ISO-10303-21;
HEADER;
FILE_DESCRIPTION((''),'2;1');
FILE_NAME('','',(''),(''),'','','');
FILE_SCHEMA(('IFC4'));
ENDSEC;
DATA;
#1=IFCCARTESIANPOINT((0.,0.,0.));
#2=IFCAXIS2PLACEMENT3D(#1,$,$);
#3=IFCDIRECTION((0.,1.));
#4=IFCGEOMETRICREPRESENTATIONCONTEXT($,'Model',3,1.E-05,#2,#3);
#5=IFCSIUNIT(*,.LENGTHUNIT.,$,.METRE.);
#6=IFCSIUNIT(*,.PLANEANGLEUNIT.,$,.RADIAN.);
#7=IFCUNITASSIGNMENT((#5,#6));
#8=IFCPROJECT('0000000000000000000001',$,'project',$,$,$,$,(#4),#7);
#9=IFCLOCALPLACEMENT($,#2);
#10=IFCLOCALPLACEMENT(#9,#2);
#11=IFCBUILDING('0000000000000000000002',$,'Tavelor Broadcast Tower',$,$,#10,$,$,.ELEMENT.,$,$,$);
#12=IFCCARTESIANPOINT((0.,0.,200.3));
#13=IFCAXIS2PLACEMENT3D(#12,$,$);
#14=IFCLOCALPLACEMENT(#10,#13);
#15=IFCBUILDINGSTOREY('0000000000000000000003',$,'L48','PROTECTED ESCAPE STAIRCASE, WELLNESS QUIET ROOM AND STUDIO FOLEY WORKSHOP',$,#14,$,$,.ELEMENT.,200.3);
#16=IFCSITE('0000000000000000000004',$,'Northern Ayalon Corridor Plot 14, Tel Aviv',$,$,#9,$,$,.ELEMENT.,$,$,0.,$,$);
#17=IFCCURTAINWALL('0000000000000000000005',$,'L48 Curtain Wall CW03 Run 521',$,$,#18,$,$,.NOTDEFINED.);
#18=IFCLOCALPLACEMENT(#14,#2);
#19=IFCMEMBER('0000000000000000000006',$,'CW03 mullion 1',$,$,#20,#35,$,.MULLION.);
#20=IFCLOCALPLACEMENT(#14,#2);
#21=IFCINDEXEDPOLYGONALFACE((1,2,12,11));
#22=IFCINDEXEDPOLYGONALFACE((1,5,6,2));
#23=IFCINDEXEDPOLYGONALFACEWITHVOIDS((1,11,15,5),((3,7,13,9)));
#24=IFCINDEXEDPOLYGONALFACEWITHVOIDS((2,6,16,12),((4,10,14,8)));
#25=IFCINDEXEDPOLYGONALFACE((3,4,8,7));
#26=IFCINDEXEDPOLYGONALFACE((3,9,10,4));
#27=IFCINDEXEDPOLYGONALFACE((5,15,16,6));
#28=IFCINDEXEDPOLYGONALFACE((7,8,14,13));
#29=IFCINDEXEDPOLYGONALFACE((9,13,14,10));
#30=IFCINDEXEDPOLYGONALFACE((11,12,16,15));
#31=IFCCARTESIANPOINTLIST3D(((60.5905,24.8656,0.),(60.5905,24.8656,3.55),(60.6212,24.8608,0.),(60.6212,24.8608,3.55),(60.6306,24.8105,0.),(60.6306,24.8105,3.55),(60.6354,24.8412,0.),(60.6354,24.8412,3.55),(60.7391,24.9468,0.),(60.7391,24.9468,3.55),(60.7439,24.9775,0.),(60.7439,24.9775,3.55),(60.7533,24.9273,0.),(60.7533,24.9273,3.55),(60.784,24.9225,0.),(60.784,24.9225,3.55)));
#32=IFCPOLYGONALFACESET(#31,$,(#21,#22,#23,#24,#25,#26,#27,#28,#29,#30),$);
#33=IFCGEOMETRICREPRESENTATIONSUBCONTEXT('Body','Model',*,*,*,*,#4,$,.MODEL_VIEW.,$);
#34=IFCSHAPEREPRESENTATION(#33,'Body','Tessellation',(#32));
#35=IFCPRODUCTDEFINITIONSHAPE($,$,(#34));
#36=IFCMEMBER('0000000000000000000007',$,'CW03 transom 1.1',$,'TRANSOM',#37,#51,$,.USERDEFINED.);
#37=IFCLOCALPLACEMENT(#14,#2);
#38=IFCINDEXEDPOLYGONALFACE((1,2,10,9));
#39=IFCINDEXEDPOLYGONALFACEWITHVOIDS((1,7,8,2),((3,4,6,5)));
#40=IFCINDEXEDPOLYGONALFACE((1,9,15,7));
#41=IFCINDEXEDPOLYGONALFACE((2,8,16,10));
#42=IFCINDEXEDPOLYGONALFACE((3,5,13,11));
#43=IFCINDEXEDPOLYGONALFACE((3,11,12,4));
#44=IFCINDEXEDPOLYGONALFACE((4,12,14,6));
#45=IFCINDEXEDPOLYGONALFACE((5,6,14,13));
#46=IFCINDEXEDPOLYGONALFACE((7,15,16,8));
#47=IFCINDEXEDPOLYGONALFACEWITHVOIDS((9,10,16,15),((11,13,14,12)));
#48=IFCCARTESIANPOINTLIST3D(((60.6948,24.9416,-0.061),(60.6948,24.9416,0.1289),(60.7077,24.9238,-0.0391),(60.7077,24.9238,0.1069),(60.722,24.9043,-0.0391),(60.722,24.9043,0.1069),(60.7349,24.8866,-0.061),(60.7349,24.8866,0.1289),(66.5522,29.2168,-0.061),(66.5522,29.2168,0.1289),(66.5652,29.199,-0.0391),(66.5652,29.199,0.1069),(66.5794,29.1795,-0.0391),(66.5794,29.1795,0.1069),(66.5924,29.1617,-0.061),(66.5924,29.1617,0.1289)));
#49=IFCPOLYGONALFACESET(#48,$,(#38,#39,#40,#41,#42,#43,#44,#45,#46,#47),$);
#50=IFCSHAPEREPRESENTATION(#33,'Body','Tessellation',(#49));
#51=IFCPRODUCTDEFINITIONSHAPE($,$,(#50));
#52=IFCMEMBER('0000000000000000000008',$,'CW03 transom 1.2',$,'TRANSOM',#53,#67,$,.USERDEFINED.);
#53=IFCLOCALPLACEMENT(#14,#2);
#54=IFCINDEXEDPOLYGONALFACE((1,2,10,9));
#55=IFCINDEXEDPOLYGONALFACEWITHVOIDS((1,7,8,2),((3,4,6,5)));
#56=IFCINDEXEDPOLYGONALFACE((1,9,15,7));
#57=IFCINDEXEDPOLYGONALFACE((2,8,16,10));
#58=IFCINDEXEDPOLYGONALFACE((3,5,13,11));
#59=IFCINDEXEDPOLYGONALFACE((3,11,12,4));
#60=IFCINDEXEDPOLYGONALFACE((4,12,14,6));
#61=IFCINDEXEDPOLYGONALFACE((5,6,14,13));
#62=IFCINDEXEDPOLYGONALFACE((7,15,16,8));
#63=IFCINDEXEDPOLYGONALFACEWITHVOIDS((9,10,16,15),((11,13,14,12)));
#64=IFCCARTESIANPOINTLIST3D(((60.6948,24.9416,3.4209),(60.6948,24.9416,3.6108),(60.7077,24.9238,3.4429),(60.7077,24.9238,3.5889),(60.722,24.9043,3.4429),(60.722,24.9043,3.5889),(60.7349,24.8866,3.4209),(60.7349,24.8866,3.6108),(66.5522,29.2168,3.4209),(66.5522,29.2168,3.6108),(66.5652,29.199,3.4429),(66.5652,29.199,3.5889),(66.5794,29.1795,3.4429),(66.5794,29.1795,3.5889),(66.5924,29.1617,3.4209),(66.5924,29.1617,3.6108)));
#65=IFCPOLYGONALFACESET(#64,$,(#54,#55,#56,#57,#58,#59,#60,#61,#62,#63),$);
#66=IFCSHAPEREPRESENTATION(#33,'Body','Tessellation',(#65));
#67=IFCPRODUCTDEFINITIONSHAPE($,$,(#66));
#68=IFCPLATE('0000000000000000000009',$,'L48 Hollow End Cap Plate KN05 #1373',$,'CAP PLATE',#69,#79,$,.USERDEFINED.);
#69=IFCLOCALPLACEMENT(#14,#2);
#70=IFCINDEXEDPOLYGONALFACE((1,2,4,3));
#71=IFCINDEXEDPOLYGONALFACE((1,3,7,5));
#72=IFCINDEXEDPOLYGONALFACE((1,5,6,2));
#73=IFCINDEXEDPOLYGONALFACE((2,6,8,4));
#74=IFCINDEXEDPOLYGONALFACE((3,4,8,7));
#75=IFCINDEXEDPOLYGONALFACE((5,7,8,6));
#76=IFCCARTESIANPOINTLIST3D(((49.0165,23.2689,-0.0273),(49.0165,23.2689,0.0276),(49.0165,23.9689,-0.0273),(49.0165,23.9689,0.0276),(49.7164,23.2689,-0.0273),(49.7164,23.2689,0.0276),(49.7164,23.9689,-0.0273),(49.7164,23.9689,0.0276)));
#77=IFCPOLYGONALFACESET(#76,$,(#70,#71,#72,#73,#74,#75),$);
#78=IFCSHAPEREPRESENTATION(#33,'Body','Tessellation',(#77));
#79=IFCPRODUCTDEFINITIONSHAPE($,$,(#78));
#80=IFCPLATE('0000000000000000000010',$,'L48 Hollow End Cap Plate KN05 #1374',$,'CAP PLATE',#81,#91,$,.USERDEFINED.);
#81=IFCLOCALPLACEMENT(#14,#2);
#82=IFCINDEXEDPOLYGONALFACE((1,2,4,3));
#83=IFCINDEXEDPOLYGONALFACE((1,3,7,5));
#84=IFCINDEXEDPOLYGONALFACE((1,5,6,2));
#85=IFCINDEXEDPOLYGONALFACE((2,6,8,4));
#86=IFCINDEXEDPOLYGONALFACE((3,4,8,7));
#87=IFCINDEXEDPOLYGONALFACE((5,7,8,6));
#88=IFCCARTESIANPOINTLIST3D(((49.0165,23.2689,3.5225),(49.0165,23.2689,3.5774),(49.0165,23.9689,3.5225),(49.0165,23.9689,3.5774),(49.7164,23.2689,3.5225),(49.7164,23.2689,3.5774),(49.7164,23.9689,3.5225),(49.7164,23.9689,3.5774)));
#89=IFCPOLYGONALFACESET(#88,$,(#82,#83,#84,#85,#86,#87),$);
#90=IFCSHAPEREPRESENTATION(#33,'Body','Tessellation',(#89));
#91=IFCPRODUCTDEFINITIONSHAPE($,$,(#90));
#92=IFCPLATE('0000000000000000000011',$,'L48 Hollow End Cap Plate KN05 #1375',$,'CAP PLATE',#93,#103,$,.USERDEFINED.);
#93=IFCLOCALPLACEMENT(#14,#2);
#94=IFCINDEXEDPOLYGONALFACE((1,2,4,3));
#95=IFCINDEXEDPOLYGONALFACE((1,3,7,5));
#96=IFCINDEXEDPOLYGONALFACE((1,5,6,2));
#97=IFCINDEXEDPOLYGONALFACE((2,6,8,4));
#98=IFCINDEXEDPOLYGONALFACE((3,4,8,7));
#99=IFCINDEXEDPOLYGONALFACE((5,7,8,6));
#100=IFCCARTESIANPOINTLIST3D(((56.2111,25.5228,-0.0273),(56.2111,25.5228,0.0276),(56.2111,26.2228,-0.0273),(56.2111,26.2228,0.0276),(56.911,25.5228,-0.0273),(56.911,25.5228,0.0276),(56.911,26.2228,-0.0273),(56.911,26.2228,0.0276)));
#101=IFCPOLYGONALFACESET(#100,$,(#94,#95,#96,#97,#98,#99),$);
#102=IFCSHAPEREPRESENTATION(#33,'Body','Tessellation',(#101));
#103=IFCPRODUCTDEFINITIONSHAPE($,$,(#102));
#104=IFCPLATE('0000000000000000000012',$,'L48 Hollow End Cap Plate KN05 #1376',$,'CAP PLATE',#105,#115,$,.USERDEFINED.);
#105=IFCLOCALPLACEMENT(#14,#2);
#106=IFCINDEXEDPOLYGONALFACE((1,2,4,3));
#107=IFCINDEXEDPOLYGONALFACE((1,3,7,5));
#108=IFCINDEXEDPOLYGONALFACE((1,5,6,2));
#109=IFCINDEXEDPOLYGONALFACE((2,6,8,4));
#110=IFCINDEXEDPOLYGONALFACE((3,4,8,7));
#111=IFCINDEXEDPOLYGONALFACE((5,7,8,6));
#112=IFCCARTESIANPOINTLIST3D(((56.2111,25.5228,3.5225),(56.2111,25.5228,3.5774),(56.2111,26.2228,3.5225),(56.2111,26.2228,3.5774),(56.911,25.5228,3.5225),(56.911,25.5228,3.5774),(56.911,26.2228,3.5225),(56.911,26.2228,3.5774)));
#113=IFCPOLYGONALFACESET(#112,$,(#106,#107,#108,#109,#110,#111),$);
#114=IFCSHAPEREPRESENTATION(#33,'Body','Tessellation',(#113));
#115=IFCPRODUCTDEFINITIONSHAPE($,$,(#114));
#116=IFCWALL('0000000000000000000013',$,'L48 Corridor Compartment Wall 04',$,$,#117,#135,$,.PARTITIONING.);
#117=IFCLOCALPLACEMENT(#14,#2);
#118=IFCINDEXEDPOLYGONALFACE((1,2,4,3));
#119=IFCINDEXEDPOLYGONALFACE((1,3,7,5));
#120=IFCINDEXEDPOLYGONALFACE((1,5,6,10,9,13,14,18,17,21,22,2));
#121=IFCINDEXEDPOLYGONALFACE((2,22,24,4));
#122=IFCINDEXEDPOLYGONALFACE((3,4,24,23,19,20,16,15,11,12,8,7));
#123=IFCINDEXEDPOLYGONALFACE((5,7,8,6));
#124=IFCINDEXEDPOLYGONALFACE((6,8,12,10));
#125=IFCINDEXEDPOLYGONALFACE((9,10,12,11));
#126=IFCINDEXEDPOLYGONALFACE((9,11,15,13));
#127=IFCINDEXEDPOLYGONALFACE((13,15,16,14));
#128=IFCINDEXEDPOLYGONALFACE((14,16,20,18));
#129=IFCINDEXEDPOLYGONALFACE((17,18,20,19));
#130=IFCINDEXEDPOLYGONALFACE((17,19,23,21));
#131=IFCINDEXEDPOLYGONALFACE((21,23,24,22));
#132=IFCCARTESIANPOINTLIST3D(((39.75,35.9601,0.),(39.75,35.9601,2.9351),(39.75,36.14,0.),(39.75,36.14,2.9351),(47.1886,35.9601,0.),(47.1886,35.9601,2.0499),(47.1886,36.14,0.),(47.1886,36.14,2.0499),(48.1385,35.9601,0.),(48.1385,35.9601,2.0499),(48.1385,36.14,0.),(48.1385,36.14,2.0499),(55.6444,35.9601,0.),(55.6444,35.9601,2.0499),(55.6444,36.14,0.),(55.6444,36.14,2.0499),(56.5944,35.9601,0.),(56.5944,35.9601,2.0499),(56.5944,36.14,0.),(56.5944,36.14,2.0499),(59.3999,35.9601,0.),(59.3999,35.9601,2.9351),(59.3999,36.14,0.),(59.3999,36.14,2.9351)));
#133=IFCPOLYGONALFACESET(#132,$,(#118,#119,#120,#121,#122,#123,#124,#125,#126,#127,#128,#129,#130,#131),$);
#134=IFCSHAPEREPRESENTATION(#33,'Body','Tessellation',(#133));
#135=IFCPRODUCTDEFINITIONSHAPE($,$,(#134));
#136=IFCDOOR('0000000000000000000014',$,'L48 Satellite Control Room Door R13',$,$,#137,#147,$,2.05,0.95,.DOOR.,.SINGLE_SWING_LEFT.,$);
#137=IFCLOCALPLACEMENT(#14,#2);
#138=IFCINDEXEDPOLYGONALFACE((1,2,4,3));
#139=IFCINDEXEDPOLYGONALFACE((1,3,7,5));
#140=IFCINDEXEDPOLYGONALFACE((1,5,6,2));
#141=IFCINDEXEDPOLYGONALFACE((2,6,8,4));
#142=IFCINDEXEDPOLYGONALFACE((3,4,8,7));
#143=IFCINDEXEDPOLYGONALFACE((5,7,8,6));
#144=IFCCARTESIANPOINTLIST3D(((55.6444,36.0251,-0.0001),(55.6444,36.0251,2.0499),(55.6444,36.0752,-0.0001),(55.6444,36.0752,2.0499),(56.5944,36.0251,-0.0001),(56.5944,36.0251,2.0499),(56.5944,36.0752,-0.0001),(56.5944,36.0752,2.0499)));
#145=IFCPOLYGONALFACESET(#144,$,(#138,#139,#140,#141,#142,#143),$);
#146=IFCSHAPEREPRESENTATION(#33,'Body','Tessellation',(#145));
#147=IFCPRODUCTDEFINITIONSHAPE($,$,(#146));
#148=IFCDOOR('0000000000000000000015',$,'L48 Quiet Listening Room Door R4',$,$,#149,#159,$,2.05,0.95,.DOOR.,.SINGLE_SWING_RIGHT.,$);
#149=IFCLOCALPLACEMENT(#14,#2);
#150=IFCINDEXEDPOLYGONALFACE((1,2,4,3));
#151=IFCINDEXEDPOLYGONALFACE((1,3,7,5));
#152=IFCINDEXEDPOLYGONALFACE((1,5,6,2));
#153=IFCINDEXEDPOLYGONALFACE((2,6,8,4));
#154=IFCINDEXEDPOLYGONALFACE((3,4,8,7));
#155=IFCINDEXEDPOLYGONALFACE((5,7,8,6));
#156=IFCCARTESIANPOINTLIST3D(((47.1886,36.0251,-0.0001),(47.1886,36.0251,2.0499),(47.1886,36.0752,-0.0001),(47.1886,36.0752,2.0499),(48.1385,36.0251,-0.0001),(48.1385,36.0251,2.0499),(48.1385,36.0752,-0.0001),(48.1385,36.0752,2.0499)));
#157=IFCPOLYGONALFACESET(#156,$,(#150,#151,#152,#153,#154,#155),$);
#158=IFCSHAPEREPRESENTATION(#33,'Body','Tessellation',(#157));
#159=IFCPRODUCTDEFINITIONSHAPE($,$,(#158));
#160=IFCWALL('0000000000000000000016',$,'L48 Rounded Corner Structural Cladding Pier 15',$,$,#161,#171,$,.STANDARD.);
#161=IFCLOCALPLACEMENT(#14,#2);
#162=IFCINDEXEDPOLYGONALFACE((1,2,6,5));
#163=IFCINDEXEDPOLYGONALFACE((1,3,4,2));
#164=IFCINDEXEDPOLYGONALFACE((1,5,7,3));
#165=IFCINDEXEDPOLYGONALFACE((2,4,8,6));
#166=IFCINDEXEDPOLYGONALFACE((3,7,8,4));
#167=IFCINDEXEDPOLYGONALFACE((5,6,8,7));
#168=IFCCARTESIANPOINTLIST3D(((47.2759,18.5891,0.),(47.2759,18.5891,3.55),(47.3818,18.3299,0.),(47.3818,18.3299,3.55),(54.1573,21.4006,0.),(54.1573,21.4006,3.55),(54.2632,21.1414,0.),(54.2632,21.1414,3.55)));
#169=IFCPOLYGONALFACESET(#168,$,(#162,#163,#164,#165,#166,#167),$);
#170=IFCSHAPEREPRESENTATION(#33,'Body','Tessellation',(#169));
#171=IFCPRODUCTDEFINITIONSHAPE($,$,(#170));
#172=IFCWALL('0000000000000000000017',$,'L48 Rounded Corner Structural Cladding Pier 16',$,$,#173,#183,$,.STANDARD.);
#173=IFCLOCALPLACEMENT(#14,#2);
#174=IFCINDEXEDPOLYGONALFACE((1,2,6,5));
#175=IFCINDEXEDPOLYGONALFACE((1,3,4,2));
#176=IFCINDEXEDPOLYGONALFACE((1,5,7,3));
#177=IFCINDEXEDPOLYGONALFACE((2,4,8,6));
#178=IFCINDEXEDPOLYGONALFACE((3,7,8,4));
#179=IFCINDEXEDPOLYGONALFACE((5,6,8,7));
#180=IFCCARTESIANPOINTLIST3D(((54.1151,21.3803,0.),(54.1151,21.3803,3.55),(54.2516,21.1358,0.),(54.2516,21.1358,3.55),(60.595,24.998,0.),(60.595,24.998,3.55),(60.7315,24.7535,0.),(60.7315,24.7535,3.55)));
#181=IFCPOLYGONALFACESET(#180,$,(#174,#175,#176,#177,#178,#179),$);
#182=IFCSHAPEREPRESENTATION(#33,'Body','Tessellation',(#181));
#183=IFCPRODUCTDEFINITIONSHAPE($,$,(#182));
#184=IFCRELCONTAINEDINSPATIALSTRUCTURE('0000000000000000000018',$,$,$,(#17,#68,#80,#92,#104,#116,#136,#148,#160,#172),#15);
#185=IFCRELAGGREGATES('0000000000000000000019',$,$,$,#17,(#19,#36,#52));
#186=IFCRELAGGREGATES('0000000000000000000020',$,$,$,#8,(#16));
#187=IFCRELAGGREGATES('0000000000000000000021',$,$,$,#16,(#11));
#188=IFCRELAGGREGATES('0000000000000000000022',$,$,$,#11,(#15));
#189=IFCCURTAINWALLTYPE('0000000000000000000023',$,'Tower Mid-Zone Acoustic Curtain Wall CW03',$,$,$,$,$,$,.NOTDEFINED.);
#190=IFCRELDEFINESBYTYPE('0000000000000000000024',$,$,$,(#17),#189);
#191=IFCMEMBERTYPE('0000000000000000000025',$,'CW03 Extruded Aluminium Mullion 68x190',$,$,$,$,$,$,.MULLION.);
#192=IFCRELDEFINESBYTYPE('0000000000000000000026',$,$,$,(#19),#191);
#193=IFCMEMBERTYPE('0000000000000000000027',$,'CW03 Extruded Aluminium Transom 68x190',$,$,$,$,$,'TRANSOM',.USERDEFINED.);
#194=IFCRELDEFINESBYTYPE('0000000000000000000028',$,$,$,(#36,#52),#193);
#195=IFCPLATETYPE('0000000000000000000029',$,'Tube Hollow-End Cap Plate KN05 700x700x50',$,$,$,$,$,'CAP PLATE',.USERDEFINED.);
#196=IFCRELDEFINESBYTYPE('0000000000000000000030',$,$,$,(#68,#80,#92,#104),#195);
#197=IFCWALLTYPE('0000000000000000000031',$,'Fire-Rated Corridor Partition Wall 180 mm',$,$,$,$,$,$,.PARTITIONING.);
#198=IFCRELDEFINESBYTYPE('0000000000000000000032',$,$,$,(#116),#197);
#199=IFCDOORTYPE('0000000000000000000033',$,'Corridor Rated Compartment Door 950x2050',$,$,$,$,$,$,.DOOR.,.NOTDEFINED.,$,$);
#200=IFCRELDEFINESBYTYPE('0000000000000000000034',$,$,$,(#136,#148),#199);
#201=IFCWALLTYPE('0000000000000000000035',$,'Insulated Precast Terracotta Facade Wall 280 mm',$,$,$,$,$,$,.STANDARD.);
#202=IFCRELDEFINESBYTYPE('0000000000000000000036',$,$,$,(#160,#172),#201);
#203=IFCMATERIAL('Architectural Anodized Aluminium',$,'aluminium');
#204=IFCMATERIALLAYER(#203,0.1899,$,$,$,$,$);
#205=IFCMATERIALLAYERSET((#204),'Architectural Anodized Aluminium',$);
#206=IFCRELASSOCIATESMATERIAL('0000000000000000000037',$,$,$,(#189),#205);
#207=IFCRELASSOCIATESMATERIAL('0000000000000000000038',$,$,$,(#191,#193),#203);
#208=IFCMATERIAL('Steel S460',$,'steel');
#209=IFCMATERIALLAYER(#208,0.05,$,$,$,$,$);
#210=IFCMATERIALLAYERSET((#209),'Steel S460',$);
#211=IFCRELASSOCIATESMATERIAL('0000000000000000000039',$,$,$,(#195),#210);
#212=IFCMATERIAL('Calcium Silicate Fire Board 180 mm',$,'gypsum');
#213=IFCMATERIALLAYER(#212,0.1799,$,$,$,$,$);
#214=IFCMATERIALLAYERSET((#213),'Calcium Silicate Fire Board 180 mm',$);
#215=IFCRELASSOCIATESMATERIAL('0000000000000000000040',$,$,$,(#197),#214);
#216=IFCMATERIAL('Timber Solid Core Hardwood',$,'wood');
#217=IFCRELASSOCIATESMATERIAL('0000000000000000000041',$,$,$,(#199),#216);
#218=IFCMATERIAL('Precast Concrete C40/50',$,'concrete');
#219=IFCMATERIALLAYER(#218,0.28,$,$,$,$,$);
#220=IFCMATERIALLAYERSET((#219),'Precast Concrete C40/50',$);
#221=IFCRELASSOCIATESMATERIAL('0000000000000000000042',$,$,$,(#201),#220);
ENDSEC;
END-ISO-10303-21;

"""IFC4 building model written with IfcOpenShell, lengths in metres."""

from ifc_helpers import new_model, si_unit, direction, frame, frame_2d, origin, origin_2d, place, context, subcontext, project, spatial, rectangle, hollow_rectangle, extrude, source, transform, mapped, material, layer, layer_set, material_profile, profile_set, type_object, type_shapes, element, fill, aggregate, save


model = new_model("IFC4")

# Units and contexts
model_context = context("Model", 3, precision=1e-05, world=origin(), true_north=direction((0.0, 1.0)))
body_context = subcontext(model_context, "Body", "Model", "MODEL_VIEW")
ifc_project = project(units=[si_unit("LENGTHUNIT", "METRE"), si_unit("PLANEANGLEUNIT", "RADIAN")], contexts=[model_context])

# Site, building, storey
site_placement = place(None, origin())
site = spatial("IfcSite", under=ifc_project, at=site_placement, Name="Northern Ayalon Corridor Plot 14, Tel Aviv", CompositionType="ELEMENT", RefElevation=0.0)
building_placement = place(site_placement, origin())
building = spatial("IfcBuilding", under=site, at=building_placement, Name="Tavelor Broadcast Tower", CompositionType="ELEMENT")
storey_placement = place(building_placement, frame((0.0, 0.0, 200.3)))
storey = spatial("IfcBuildingStorey", under=building, at=storey_placement, Name="L48", Description="PROTECTED ESCAPE STAIRCASE, WELLNESS QUIET ROOM AND STUDIO FOLEY WORKSHOP", CompositionType="ELEMENT", Elevation=200.3)

# Shared definitions
ifc_material_1 = material(Name="Steel S460", Category="steel")

# Curtain wall, members
ifc_material_2 = material(Name="Architectural Anodized Aluminium", Category="aluminium")
ifc_layer_1 = layer(ifc_material_2, 0.1899)
ifc_layer_set_1 = layer_set([ifc_layer_1], Name="Architectural Anodized Aluminium")
curtain_wall_type = type_object("IfcCurtainWallType", Name="Tower Mid-Zone Acoustic Curtain Wall CW03", PredefinedType="NOTDEFINED", material=ifc_layer_set_1)
curtain_wall_placement = place(storey_placement, origin())
curtain_wall = element("IfcCurtainWall", 1, at=curtain_wall_placement, inside=storey, type_object=curtain_wall_type, Name="L48 Curtain Wall CW03 Run 521", PredefinedType="NOTDEFINED")
ifc_material_profile_1 = material_profile(ifc_material_2, hollow_rectangle(XDim=0.0681, YDim=0.1899, WallThickness=0.022, at=origin_2d()), Name="RHS 68x190x22")
ifc_profile_set_1 = profile_set([ifc_material_profile_1], Name="Architectural Anodized Aluminium")
member_type_1 = type_object("IfcMemberType", Name="CW03 Extruded Aluminium Mullion 68x190", PredefinedType="MULLION", material=ifc_profile_set_1)
shared_shape_1 = source(origin(), body_context, "Body", "SweptSolid", [
    extrude(hollow_rectangle(XDim=0.0681, YDim=0.1899, WallThickness=0.022, at=origin_2d()), origin(), (0.0, 0.0, 1.0), 3.55),
])
type_shapes(member_type_1, [shared_shape_1])
member_1_placement = place(storey_placement, frame((60.6873, 24.894, 0.0), z_axis=(0.0, 0.0, 1.0), x_axis=(-0.589532, 0.807745, 0.0)))
member_1 = element("IfcMember", 2, at=member_1_placement, type_object=member_type_1, Name="CW03 mullion 1", PredefinedType="MULLION", context=body_context, shape_type="MappedRepresentation", body=[
    mapped(shared_shape_1, transform((0.0, 0.0, 0.0), scale=1.0)),
])
ifc_material_profile_2 = material_profile(ifc_material_2, hollow_rectangle(XDim=0.0681, YDim=0.1899, WallThickness=0.022, at=origin_2d()), Name="RHS 68x190x22")
ifc_profile_set_2 = profile_set([ifc_material_profile_2], Name="Architectural Anodized Aluminium")
member_type_2 = type_object("IfcMemberType", Name="CW03 Extruded Aluminium Transom 68x190", ElementType="TRANSOM", PredefinedType="USERDEFINED", material=ifc_profile_set_2)
shared_shape_2 = source(origin(), body_context, "Body", "SweptSolid", [
    extrude(hollow_rectangle(XDim=0.0681, YDim=0.1899, WallThickness=0.022, at=origin_2d()), origin(), (0.0, 0.0, 1.0), 7.2517),
])
type_shapes(member_type_2, [shared_shape_2])
member_2_placement = place(storey_placement, frame((60.7148, 24.9141, 0.0339), z_axis=(0.807738, 0.589542, 0.0), x_axis=(-0.589542, 0.807738, 0.0)))
member_2 = element("IfcMember", 3, at=member_2_placement, type_object=member_type_2, Name="CW03 transom 1.1", ObjectType="TRANSOM", PredefinedType="USERDEFINED", context=body_context, shape_type="MappedRepresentation", body=[
    mapped(shared_shape_2, transform((0.0, 0.0, 0.0), scale=1.0)),
])
member_3_placement = place(storey_placement, frame((60.7148, 24.9141, 3.5159), z_axis=(0.807738, 0.589542, 0.0), x_axis=(-0.589542, 0.807738, 0.0)))
member_3 = element("IfcMember", 4, at=member_3_placement, type_object=member_type_2, Name="CW03 transom 1.2", ObjectType="TRANSOM", PredefinedType="USERDEFINED", context=body_context, shape_type="MappedRepresentation", body=[
    mapped(shared_shape_2, transform((0.0, 0.0, 0.0), scale=1.0)),
])
aggregate(curtain_wall, [member_1, member_2, member_3])

# Plates
ifc_layer_2 = layer(ifc_material_1, 0.05)
ifc_layer_set_2 = layer_set([ifc_layer_2], Name="Steel S460")
plate_type = type_object("IfcPlateType", Name="Tube Hollow-End Cap Plate KN05 700x700x50", ElementType="CAP PLATE", PredefinedType="USERDEFINED", material=ifc_layer_set_2)
shared_shape_3 = source(origin(), body_context, "Body", "SweptSolid", [
    extrude(rectangle(XDim=0.7, YDim=0.7, at=origin_2d()), origin(), (0.0, 0.0, 1.0), 0.0549),
])
type_shapes(plate_type, [shared_shape_3])
for number, where, z_axis, x_axis, name in (
    (5, (49.3665, 23.6189, -0.0273), (0.0, 0.0, 1.0), (1.0, 0.0, 0.0), "L48 Hollow End Cap Plate KN05 #1373"),
    (6, (49.3665, 23.6189, 3.5225), (0.0, 0.0, 1.0), (1.0, 0.0, 0.0), "L48 Hollow End Cap Plate KN05 #1374"),
    (7, (56.561, 25.8728, -0.0273), (0.0, 0.0, 1.0), (1.0, 0.0, 0.0), "L48 Hollow End Cap Plate KN05 #1375"),
    (8, (56.561, 25.8728, 3.5225), (0.0, 0.0, 1.0), (1.0, 0.0, 0.0), "L48 Hollow End Cap Plate KN05 #1376"),
):
    element("IfcPlate", number, at=place(storey_placement, frame(where, z_axis=z_axis, x_axis=x_axis)), inside=storey, type_object=plate_type, Name=name, ObjectType="CAP PLATE", PredefinedType="USERDEFINED", context=body_context, shape_type="MappedRepresentation", body=[
        mapped(shared_shape_3, transform((0.0, 0.0, 0.0), scale=1.0)),
    ])

# Wall, openings, doors
ifc_material_3 = material(Name="Calcium Silicate Fire Board 180 mm", Category="gypsum")
ifc_layer_3 = layer(ifc_material_3, 0.1799)
ifc_layer_set_3 = layer_set([ifc_layer_3], Name="Calcium Silicate Fire Board 180 mm")
wall_type_1 = type_object("IfcWallType", Name="Fire-Rated Corridor Partition Wall 180 mm", PredefinedType="PARTITIONING", material=ifc_layer_set_3)
wall_1_placement = place(storey_placement, frame((59.3999, 36.05, 0.0), z_axis=(0.0, 0.0, 1.0), x_axis=(-1.0, 0.0, 0.0)))
wall_1 = element("IfcWall", 9, at=wall_1_placement, inside=storey, type_object=wall_type_1, Name="L48 Corridor Compartment Wall 04", PredefinedType="PARTITIONING", context=body_context, shape_type="SweptSolid", body=[
    extrude(rectangle(XDim=19.6499, YDim=0.1799, at=frame_2d((9.825, 0.0))), origin(), (0.0, 0.0, 1.0), 2.9351),
])
opening_1_placement = place(wall_1_placement, frame((2.8054, 0.0, 0.0)))
opening_1 = element("IfcOpeningElement", 10, at=opening_1_placement, cuts=wall_1, PredefinedType="OPENING", context=body_context, shape_type="SweptSolid", body=[
    extrude(rectangle(XDim=0.95, YDim=2.05, at=frame_2d((0.4751, 1.0249))), frame((0.0, 0.1001, 0.0), z_axis=(0.0, -1.0, 0.0), x_axis=(1.0, 0.0, 0.0)), (0.0, 0.0, 1.0), 0.2),
])
opening_2_placement = place(wall_1_placement, frame((11.2612, 0.0, 0.0)))
opening_2 = element("IfcOpeningElement", 11, at=opening_2_placement, cuts=wall_1, PredefinedType="OPENING", context=body_context, shape_type="SweptSolid", body=[
    extrude(rectangle(XDim=0.95, YDim=2.05, at=frame_2d((0.4751, 1.0249))), frame((0.0, 0.1001, 0.0), z_axis=(0.0, -1.0, 0.0), x_axis=(1.0, 0.0, 0.0)), (0.0, 0.0, 1.0), 0.2),
])
ifc_material_4 = material(Name="Timber Solid Core Hardwood", Category="wood")
door_type_1 = type_object("IfcDoorType", Name="Corridor Rated Compartment Door 950x2050", OperationType="NOTDEFINED", PredefinedType="DOOR", material=ifc_material_4)
door_1_placement = place(opening_1_placement, origin())
door_1 = element("IfcDoor", 12, at=door_1_placement, inside=storey, type_object=door_type_1, Name="L48 Satellite Control Room Door R13", OperationType="SINGLE_SWING_LEFT", OverallHeight=2.05, OverallWidth=0.95, PredefinedType="DOOR", context=body_context, shape_type="SweptSolid", body=[
    extrude(rectangle(XDim=0.95, YDim=2.05, at=frame_2d((0.4751, 1.0249))), frame((0.0, 0.0249, 0.0), z_axis=(0.0, -1.0, 0.0), x_axis=(1.0, 0.0, 0.0)), (0.0, 0.0, 1.0), 0.05),
])
fill(opening_1, door_1)
door_2_placement = place(opening_2_placement, origin())
door_2 = element("IfcDoor", 13, at=door_2_placement, inside=storey, type_object=door_type_1, Name="L48 Quiet Listening Room Door R4", OperationType="SINGLE_SWING_RIGHT", OverallHeight=2.05, OverallWidth=0.95, PredefinedType="DOOR", context=body_context, shape_type="SweptSolid", body=[
    extrude(rectangle(XDim=0.95, YDim=2.05, at=frame_2d((0.4751, 1.0249))), frame((0.0, 0.0249, 0.0), z_axis=(0.0, -1.0, 0.0), x_axis=(1.0, 0.0, 0.0)), (0.0, 0.0, 1.0), 0.05),
])
fill(opening_2, door_2)

# Walls
ifc_material_5 = material(Name="Precast Concrete C40/50", Category="concrete")
ifc_layer_4 = layer(ifc_material_5, 0.28)
ifc_layer_set_4 = layer_set([ifc_layer_4], Name="Precast Concrete C40/50")
wall_type_2 = type_object("IfcWallType", Name="Insulated Precast Terracotta Facade Wall 280 mm", PredefinedType="STANDARD", material=ifc_layer_set_4)
wall_2_placement = place(storey_placement, frame((47.3289, 18.4595, 0.0), z_axis=(0.0, 0.0, 1.0), x_axis=(0.925715, 0.378221, 0.0)))
element("IfcWall", 14, at=wall_2_placement, inside=storey, type_object=wall_type_2, Name="L48 Rounded Corner Structural Cladding Pier 15", PredefinedType="STANDARD", context=body_context, shape_type="SweptSolid", body=[
    extrude(rectangle(XDim=7.4336, YDim=0.28, at=frame_2d((3.7168, 0.0))), origin(), (0.0, 0.0, 1.0), 3.55),
])
wall_3_placement = place(storey_placement, frame((54.1833, 21.2581, 0.0), z_axis=(0.0, 0.0, 1.0), x_axis=(0.873144, 0.487463, 0.0)))
element("IfcWall", 15, at=wall_3_placement, inside=storey, type_object=wall_type_2, Name="L48 Rounded Corner Structural Cladding Pier 16", PredefinedType="STANDARD", context=body_context, shape_type="SweptSolid", body=[
    extrude(rectangle(XDim=7.4214, YDim=0.28, at=frame_2d((3.7107, 0.0))), origin(), (0.0, 0.0, 1.0), 3.55),
])

save(model, "model.ifc")
